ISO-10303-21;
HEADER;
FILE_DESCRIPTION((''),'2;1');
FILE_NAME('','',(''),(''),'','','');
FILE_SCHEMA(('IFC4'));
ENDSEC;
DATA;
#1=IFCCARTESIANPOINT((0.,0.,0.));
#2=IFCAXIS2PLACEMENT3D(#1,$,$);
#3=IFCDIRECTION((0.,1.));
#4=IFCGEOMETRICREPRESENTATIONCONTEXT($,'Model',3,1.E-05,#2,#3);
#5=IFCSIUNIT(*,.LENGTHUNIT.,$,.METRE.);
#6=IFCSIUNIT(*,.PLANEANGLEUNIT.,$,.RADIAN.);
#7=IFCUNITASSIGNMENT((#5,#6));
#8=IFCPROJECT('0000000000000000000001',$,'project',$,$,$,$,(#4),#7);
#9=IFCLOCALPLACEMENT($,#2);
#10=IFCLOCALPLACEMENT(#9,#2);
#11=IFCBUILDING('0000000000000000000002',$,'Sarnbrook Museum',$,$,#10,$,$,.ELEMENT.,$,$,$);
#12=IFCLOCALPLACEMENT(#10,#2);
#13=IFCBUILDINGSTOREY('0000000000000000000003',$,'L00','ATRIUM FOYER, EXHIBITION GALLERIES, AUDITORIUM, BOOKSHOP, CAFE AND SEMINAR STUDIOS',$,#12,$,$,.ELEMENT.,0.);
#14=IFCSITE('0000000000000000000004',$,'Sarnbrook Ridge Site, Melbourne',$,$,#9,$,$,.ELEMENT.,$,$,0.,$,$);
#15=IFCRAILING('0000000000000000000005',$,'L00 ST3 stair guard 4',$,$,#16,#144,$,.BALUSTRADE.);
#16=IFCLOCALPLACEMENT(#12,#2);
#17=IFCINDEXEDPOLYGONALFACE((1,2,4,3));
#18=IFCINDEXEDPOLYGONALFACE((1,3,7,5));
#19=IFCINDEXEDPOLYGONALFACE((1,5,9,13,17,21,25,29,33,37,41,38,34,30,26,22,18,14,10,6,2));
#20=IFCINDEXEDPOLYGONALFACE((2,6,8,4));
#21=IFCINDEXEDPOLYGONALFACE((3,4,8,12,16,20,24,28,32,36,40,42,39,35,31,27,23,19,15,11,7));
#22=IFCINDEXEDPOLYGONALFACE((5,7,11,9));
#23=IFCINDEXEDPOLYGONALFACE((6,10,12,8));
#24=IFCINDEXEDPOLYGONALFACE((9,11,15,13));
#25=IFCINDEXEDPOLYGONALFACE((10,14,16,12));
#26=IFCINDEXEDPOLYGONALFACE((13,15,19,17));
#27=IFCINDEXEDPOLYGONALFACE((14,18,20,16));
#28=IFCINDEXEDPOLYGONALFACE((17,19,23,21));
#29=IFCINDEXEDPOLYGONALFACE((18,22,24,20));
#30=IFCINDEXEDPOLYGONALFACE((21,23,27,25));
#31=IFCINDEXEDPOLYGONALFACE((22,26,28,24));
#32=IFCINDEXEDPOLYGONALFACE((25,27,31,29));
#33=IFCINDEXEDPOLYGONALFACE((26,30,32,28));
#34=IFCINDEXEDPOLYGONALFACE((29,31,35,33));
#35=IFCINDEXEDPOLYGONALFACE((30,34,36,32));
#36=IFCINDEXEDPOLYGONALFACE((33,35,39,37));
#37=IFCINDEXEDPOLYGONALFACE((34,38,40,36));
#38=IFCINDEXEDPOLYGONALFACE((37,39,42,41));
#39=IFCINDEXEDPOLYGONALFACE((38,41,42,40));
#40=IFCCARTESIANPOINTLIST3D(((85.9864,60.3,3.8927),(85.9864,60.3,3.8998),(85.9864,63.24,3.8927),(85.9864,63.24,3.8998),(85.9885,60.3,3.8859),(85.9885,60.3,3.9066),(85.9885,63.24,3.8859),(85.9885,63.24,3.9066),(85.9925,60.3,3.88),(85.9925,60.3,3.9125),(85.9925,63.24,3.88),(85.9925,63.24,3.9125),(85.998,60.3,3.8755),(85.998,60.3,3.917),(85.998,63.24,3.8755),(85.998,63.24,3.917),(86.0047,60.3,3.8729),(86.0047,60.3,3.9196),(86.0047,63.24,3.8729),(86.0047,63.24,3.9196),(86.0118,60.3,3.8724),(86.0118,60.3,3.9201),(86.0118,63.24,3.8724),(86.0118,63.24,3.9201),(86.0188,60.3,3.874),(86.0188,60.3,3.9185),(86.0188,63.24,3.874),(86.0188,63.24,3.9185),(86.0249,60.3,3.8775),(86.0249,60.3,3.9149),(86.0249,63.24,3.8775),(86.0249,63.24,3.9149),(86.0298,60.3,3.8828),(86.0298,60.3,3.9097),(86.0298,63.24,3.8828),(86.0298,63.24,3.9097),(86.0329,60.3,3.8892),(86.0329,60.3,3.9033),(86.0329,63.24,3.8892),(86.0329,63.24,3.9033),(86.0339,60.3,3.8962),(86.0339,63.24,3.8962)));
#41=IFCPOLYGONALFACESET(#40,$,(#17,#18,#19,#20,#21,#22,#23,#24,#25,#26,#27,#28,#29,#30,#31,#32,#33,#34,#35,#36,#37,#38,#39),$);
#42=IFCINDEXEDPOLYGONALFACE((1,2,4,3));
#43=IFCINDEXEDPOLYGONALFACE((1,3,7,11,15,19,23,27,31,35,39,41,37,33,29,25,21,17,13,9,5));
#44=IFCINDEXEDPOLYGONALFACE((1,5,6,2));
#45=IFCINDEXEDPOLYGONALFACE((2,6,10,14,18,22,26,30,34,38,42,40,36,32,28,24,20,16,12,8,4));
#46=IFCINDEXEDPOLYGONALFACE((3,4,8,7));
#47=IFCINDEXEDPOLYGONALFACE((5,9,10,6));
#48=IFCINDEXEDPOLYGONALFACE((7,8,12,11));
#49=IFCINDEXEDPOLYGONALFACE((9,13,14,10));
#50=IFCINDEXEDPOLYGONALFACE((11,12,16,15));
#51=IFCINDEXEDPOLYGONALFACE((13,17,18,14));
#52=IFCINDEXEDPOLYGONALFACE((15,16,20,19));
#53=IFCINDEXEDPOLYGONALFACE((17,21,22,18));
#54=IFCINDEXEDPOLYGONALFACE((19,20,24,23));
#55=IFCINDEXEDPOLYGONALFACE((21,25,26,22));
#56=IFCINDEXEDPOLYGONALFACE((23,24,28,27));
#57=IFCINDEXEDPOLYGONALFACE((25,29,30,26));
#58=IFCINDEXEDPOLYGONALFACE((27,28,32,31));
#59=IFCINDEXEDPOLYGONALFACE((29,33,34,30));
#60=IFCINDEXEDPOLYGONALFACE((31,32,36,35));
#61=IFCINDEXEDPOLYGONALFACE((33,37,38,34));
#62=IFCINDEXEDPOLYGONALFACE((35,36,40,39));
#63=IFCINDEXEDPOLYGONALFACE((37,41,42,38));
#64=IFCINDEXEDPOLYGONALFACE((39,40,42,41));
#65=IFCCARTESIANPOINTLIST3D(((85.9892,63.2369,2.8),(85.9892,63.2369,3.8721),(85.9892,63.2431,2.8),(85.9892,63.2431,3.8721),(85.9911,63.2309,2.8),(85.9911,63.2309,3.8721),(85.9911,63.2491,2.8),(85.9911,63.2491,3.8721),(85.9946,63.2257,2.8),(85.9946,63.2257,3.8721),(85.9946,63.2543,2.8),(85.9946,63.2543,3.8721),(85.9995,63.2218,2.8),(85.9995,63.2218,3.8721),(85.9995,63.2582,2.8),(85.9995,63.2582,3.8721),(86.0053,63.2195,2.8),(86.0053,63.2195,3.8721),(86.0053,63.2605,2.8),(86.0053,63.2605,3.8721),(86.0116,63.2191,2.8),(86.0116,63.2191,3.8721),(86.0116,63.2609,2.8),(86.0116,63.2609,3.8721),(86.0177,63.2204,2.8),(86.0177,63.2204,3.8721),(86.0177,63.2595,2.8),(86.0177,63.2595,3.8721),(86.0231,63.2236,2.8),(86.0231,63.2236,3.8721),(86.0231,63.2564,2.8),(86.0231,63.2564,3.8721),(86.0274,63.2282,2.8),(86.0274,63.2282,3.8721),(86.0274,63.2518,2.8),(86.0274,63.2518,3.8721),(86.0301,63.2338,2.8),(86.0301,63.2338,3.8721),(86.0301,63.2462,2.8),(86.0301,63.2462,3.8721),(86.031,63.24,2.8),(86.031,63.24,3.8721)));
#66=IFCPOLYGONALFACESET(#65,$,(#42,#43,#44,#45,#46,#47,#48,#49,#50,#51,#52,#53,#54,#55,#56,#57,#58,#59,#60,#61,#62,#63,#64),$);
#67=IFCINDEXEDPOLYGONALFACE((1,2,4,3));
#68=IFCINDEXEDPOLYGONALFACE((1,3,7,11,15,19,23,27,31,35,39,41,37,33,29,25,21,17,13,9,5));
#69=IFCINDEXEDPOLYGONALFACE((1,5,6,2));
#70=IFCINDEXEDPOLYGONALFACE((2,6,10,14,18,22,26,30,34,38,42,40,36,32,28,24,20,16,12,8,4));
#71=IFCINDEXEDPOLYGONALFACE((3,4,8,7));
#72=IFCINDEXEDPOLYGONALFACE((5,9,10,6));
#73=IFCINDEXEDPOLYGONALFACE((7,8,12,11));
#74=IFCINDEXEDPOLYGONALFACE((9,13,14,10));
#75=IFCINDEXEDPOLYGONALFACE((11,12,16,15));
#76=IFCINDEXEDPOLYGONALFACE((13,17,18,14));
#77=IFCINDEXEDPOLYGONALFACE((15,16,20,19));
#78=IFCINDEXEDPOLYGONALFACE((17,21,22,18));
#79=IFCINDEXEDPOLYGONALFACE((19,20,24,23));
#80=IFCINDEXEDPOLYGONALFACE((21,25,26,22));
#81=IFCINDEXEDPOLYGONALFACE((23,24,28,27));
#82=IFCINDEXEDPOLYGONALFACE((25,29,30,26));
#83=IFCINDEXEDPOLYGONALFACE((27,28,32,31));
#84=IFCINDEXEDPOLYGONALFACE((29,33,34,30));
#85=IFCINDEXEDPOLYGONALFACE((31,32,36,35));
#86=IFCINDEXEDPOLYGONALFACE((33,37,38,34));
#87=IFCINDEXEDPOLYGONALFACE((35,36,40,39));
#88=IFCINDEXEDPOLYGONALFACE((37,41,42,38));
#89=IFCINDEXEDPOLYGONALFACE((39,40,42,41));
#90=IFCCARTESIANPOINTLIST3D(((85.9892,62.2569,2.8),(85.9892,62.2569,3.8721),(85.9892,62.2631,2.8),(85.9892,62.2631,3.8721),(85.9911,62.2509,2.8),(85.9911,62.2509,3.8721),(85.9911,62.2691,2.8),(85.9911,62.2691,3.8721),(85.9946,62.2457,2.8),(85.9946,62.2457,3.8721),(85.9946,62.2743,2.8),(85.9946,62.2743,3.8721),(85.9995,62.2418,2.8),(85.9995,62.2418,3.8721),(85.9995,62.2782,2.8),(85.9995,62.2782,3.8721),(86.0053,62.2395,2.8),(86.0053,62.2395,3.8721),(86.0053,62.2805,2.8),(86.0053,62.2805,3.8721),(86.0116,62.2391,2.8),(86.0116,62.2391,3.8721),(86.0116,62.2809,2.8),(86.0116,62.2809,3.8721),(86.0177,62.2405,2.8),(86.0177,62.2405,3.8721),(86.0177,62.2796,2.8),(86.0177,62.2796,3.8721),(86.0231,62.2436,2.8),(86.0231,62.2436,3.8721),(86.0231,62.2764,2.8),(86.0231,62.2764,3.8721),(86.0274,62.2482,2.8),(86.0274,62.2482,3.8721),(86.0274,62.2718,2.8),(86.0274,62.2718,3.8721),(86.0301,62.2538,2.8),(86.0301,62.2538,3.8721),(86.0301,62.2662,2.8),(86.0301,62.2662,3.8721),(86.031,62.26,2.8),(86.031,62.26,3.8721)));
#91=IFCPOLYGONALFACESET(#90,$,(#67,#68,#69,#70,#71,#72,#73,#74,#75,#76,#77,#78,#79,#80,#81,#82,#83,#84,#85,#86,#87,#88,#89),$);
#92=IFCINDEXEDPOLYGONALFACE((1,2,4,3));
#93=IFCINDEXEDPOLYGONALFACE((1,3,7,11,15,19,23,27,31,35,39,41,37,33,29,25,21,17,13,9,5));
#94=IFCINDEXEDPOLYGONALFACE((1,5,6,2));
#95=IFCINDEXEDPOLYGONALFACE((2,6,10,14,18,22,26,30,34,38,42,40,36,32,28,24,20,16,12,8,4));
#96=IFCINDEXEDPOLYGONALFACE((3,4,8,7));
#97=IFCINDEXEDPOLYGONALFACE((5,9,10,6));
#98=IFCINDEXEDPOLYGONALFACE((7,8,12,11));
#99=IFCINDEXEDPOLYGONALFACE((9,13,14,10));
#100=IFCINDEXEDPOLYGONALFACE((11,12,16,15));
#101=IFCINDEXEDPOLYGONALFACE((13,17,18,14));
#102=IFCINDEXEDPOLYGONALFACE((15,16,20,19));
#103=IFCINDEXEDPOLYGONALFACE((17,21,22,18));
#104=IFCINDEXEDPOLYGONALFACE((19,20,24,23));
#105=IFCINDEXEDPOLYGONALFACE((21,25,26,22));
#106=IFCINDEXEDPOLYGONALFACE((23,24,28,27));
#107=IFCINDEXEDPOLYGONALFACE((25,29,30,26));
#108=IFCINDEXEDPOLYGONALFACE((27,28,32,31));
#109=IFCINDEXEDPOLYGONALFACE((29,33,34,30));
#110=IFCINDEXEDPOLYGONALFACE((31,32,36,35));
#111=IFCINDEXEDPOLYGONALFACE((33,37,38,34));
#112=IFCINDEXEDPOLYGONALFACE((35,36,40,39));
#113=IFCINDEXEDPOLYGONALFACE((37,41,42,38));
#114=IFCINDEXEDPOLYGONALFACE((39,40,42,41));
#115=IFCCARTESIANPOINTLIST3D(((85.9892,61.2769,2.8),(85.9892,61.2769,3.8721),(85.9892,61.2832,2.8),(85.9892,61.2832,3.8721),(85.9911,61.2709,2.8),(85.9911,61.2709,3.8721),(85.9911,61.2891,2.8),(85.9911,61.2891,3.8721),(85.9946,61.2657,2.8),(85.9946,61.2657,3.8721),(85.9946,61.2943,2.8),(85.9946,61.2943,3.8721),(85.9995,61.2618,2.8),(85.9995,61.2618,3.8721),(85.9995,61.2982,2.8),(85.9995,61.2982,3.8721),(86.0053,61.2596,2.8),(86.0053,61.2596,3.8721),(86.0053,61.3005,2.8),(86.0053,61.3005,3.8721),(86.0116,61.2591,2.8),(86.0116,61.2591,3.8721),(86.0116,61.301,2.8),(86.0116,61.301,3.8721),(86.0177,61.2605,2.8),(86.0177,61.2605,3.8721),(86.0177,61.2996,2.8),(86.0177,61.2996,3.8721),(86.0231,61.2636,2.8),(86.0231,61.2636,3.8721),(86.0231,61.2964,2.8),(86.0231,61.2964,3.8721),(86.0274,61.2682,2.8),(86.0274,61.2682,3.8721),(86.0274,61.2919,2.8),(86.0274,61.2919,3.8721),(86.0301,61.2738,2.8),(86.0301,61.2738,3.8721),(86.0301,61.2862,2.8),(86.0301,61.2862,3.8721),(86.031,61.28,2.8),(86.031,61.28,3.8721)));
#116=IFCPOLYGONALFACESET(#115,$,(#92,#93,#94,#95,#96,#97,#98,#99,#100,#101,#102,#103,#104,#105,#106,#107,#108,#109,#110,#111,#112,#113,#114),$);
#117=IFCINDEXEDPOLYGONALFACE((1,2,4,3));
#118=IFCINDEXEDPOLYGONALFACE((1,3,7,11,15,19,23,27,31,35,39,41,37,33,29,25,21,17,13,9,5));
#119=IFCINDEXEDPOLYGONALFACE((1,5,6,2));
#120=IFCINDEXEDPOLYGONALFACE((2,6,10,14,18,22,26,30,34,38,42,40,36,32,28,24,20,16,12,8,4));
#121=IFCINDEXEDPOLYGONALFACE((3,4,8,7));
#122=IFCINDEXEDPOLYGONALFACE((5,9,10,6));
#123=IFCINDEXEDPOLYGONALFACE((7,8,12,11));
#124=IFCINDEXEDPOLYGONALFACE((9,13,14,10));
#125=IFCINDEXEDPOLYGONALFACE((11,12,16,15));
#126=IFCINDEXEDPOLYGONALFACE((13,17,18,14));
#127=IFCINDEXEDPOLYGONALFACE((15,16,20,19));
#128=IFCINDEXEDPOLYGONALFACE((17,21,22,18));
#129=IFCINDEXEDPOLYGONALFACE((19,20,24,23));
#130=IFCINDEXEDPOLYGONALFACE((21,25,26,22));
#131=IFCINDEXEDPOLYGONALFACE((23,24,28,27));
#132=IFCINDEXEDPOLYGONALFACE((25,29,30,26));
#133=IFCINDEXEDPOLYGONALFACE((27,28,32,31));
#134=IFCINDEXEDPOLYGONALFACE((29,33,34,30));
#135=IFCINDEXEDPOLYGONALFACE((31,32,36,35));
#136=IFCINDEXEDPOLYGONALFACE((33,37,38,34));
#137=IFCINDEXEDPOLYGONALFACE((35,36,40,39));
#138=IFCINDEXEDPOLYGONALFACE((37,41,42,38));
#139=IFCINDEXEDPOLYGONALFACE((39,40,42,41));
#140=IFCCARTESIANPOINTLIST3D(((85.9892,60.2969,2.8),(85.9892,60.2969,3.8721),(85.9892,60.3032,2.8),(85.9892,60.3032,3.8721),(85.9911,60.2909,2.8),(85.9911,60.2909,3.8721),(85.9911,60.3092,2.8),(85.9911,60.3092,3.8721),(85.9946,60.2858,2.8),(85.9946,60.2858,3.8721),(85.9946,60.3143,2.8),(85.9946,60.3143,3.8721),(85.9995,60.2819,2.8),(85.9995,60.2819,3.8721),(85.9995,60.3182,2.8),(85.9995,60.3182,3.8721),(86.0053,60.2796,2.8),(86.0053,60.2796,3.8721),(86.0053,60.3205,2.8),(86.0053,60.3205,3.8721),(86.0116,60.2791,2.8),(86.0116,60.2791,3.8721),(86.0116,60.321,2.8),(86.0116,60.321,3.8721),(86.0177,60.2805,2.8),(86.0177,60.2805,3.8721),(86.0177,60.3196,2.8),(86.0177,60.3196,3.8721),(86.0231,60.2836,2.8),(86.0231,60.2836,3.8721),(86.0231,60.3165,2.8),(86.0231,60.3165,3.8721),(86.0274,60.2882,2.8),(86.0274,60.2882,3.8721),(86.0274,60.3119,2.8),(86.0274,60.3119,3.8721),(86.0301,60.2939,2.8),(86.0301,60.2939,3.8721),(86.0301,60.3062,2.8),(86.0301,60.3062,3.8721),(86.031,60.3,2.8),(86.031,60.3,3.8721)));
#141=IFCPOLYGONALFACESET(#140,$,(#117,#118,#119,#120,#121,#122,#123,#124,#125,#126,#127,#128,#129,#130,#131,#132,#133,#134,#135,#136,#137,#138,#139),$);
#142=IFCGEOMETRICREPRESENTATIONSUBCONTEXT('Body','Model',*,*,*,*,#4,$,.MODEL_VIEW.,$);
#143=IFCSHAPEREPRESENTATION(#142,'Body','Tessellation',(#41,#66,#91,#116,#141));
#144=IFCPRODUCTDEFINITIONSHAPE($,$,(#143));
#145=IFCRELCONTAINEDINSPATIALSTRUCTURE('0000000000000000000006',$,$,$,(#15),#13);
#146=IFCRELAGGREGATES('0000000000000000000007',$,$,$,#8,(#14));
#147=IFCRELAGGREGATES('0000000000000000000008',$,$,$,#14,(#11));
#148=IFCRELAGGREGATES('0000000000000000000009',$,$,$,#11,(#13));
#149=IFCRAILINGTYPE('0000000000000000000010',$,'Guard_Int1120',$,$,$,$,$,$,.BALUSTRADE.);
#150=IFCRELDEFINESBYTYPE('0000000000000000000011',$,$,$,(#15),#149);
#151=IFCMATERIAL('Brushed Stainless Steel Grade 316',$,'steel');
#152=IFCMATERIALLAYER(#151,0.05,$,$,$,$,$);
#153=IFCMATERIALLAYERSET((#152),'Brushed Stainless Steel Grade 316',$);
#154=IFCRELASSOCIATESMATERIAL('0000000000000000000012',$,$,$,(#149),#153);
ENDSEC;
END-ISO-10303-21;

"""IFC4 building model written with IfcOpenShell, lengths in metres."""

from ifc_helpers import new_model, si_unit, direction, frame, origin, origin_2d, place, context, subcontext, project, spatial, circle, extrude, material, layer, layer_set, type_object, element, save


model = new_model("IFC4")

# Units and contexts
model_context = context("Model", 3, precision=1e-05, world=origin(), true_north=direction((0.0, 1.0)))
body_context = subcontext(model_context, "Body", "Model", "MODEL_VIEW")
ifc_project = project(units=[si_unit("LENGTHUNIT", "METRE"), si_unit("PLANEANGLEUNIT", "RADIAN")], contexts=[model_context])

# Site, building, storey
site_placement = place(None, origin())
site = spatial("IfcSite", under=ifc_project, at=site_placement, Name="Sarnbrook Ridge Site, Melbourne", CompositionType="ELEMENT", RefElevation=0.0)
building_placement = place(site_placement, origin())
building = spatial("IfcBuilding", under=site, at=building_placement, Name="Sarnbrook Museum", CompositionType="ELEMENT")
storey_placement = place(building_placement, origin())
storey = spatial("IfcBuildingStorey", under=building, at=storey_placement, Name="L00", Description="ATRIUM FOYER, EXHIBITION GALLERIES, AUDITORIUM, BOOKSHOP, CAFE AND SEMINAR STUDIOS", CompositionType="ELEMENT", Elevation=0.0)

# Shared definitions
ifc_material_1 = material(Name="Brushed Stainless Steel Grade 316", Category="steel")

# Railing
ifc_layer_1 = layer(ifc_material_1, 0.05)
ifc_layer_set_1 = layer_set([ifc_layer_1], Name="Brushed Stainless Steel Grade 316")
railing_type_1 = type_object("IfcRailingType", Name="Guard_Int1120", PredefinedType="BALUSTRADE", material=ifc_layer_set_1)
railing_1_placement = place(storey_placement, frame((86.01, 63.24, 2.8)))
element("IfcRailing", 1, at=railing_1_placement, inside=storey, type_object=railing_type_1, Name="L00 ST3 stair guard 4", PredefinedType="BALUSTRADE", context=body_context, shape_type="SweptSolid", body=[
    extrude(circle(Radius=0.0239, at=origin_2d()), frame((0.0, 0.0, 1.0962), z_axis=(0.0, -1.0, 0.0), x_axis=(1.0, 0.0, 0.0)), (0.0, 0.0, 1.0), 2.9399),
    extrude(circle(Radius=0.021, at=origin_2d()), origin(), (0.0, 0.0, 1.0), 1.072),
    extrude(circle(Radius=0.021, at=origin_2d()), frame((0.0, -0.98, 0.0)), (0.0, 0.0, 1.0), 1.072),
    extrude(circle(Radius=0.021, at=origin_2d()), frame((0.0, -1.96, 0.0)), (0.0, 0.0, 1.0), 1.072),
    extrude(circle(Radius=0.021, at=origin_2d()), frame((0.0, -2.9399, 0.0)), (0.0, 0.0, 1.0), 1.072),
])

save(model, "model.ifc")
